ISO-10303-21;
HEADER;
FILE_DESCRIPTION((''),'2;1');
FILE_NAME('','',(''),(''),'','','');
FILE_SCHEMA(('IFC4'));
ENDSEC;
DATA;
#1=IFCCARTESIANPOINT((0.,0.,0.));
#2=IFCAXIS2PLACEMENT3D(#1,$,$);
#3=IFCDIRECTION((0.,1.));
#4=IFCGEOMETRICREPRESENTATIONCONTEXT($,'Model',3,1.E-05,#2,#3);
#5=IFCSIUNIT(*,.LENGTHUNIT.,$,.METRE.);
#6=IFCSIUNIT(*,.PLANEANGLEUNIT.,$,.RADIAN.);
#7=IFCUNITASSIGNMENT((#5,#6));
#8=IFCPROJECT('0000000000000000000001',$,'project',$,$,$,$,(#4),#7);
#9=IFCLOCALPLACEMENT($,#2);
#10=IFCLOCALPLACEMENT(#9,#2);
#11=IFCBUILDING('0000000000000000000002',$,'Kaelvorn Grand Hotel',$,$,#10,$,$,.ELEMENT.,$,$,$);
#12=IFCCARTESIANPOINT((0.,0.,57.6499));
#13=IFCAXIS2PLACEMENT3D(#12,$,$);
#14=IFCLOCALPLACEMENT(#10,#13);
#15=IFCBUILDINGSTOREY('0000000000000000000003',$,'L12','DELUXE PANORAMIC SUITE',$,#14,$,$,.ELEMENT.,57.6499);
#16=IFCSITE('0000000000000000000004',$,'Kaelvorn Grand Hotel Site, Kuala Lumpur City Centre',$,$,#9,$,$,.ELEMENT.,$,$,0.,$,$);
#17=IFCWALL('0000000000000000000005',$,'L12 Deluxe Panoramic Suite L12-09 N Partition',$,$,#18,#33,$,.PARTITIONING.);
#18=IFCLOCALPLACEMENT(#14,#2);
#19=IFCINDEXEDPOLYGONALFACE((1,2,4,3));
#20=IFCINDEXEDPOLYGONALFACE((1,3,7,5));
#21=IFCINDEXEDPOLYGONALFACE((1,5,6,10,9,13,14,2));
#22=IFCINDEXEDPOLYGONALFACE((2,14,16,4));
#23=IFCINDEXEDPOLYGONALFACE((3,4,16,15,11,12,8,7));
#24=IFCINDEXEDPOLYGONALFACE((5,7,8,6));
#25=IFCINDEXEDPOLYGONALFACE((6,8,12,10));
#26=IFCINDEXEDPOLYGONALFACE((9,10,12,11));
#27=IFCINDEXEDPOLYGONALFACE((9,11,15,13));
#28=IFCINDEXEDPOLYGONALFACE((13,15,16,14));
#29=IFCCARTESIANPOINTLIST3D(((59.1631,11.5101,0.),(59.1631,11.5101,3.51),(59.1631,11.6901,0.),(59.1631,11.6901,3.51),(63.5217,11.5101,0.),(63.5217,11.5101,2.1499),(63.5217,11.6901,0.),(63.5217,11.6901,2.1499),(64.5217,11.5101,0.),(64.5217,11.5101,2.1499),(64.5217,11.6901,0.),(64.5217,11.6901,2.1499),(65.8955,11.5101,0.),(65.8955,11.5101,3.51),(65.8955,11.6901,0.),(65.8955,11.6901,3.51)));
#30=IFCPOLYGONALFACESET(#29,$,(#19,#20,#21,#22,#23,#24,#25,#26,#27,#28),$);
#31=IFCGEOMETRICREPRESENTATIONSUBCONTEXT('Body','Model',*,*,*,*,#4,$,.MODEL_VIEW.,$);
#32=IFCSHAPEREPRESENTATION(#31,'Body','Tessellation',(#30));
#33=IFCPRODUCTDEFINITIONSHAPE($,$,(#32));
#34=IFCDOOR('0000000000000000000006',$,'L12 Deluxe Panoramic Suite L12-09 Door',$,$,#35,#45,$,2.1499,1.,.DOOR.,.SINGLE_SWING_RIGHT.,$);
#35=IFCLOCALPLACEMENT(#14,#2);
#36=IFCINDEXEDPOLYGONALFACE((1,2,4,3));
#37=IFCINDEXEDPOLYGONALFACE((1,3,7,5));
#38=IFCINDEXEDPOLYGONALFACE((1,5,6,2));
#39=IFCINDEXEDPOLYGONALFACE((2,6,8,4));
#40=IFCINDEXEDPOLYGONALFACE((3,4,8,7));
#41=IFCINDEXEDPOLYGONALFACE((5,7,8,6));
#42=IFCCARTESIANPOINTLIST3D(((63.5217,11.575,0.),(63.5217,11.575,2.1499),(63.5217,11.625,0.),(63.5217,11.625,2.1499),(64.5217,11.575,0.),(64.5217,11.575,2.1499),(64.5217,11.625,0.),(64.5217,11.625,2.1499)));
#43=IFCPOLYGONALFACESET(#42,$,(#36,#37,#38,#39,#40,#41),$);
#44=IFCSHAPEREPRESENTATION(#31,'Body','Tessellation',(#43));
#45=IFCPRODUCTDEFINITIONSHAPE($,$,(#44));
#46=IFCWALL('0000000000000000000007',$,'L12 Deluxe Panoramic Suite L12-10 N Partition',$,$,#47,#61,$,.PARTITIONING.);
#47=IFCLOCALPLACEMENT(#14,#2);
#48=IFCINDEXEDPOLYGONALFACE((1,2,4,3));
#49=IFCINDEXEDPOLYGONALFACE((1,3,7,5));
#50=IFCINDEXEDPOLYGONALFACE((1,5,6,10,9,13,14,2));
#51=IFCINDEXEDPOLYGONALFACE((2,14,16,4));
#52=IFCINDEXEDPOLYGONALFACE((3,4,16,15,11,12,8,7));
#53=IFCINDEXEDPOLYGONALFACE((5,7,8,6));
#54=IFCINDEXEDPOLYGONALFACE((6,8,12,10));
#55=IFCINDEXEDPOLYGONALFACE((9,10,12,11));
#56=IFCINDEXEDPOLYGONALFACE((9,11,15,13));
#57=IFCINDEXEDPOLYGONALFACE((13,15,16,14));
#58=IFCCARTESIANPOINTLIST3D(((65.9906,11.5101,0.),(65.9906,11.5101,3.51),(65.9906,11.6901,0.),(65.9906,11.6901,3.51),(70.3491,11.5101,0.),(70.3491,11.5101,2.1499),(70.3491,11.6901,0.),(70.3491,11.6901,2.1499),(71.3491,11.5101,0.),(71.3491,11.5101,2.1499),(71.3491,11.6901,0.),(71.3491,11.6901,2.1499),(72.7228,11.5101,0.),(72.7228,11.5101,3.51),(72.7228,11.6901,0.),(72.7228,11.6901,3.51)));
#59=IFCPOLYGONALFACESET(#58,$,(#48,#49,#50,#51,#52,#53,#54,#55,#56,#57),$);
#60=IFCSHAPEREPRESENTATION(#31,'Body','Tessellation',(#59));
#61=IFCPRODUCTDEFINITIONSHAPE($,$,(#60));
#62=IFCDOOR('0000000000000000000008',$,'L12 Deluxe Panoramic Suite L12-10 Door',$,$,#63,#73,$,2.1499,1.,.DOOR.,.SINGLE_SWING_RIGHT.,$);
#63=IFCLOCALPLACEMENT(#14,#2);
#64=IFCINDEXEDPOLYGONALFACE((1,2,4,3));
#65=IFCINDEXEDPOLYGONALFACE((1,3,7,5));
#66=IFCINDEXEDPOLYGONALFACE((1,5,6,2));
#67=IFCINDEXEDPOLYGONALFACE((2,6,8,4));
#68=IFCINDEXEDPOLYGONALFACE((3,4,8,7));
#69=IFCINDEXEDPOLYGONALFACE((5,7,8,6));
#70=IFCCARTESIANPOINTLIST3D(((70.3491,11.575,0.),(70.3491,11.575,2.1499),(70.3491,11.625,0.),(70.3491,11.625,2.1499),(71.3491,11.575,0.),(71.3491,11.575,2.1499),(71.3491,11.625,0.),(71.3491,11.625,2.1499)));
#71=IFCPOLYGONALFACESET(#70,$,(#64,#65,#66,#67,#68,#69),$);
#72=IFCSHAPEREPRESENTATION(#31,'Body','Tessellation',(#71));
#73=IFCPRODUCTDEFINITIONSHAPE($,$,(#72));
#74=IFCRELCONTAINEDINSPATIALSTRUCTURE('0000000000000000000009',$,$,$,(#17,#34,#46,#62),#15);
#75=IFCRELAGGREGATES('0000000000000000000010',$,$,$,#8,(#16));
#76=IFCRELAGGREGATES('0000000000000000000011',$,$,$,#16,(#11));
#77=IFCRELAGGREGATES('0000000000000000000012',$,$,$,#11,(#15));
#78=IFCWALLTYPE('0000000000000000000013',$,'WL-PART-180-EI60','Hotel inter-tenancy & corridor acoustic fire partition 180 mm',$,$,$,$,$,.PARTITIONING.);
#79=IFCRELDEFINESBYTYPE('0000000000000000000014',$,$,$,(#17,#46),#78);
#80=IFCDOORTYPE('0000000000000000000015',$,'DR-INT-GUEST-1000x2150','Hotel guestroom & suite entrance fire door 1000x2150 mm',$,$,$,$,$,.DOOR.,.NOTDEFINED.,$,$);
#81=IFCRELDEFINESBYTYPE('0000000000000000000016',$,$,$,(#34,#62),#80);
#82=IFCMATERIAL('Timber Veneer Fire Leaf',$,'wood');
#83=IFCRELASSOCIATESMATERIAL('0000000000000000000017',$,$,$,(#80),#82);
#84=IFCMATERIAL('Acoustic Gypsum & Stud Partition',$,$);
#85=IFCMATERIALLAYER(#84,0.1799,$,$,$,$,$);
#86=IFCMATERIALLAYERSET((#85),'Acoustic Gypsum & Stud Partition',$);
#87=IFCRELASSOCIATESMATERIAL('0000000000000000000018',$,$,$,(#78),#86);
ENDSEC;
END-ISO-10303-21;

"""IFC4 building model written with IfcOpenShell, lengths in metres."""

from ifc_helpers import new_model, si_unit, direction, frame, frame_2d, origin, place, context, subcontext, project, spatial, rectangle, extrude, material, layer, layer_set, type_object, element, fill, save


model = new_model("IFC4")

# Units and contexts
model_context = context("Model", 3, precision=1e-05, world=origin(), true_north=direction((0.0, 1.0)))
body_context = subcontext(model_context, "Body", "Model", "MODEL_VIEW")
ifc_project = project(units=[si_unit("LENGTHUNIT", "METRE"), si_unit("PLANEANGLEUNIT", "RADIAN")], contexts=[model_context])

# Site, building, storey
site_placement = place(None, origin())
site = spatial("IfcSite", under=ifc_project, at=site_placement, Name="Kaelvorn Grand Hotel Site, Kuala Lumpur City Centre", CompositionType="ELEMENT", RefElevation=0.0)
building_placement = place(site_placement, origin())
building = spatial("IfcBuilding", under=site, at=building_placement, Name="Kaelvorn Grand Hotel", CompositionType="ELEMENT")
storey_placement = place(building_placement, frame((0.0, 0.0, 57.6499)))
storey = spatial("IfcBuildingStorey", under=building, at=storey_placement, Name="L12", Description="DELUXE PANORAMIC SUITE", CompositionType="ELEMENT", Elevation=57.6499)

# Shared definitions
ifc_material_1 = material(Name="Acoustic Gypsum & Stud Partition")

# Walls, openings, doors
ifc_material_2 = material(Name="Timber Veneer Fire Leaf", Category="wood")
door_type_1 = type_object("IfcDoorType", Name="DR-INT-GUEST-1000x2150", Description="Hotel guestroom & suite entrance fire door 1000x2150 mm", OperationType="NOTDEFINED", PredefinedType="DOOR", material=ifc_material_2)
ifc_layer_1 = layer(ifc_material_1, 0.1799)
ifc_layer_set_1 = layer_set([ifc_layer_1], Name="Acoustic Gypsum & Stud Partition")
wall_type_1 = type_object("IfcWallType", Name="WL-PART-180-EI60", Description="Hotel inter-tenancy & corridor acoustic fire partition 180 mm", PredefinedType="PARTITIONING", material=ifc_layer_set_1)
wall_1_placement = place(storey_placement, frame((59.1631, 11.6001, 0.0), z_axis=(0.0, 0.0, 1.0), x_axis=(1.0, 0.0, 0.0)))
wall_1 = element("IfcWall", 1, at=wall_1_placement, inside=storey, type_object=wall_type_1, Name="L12 Deluxe Panoramic Suite L12-09 N Partition", PredefinedType="PARTITIONING", context=body_context, shape_type="SweptSolid", body=[
    extrude(rectangle(XDim=6.7324, YDim=0.1799, at=frame_2d((3.3662, 0.0))), origin(), (0.0, 0.0, 1.0), 3.51),
])
opening_1_placement = place(wall_1_placement, frame((4.3586, 0.0, 0.0)))
opening_1 = element("IfcOpeningElement", 2, at=opening_1_placement, cuts=wall_1, PredefinedType="OPENING", context=body_context, shape_type="SweptSolid", body=[
    extrude(rectangle(XDim=1.0, YDim=2.1499, at=frame_2d((0.5, 1.075))), frame((0.0, 0.1001, 0.0), z_axis=(0.0, -1.0, 0.0), x_axis=(1.0, 0.0, 0.0)), (0.0, 0.0, 1.0), 0.2),
])
door_1_placement = place(opening_1_placement, origin())
door_1 = element("IfcDoor", 3, at=door_1_placement, inside=storey, type_object=door_type_1, Name="L12 Deluxe Panoramic Suite L12-09 Door", OperationType="SINGLE_SWING_RIGHT", OverallHeight=2.1499, OverallWidth=1.0, PredefinedType="DOOR", context=body_context, shape_type="SweptSolid", body=[
    extrude(rectangle(XDim=1.0, YDim=2.1499, at=frame_2d((0.5, 1.075))), frame((0.0, 0.0249, 0.0), z_axis=(0.0, -1.0, 0.0), x_axis=(1.0, 0.0, 0.0)), (0.0, 0.0, 1.0), 0.05),
])
fill(opening_1, door_1)
wall_2_placement = place(storey_placement, frame((65.9905, 11.6001, 0.0), z_axis=(0.0, 0.0, 1.0), x_axis=(1.0, 0.0, 0.0)))
wall_2 = element("IfcWall", 4, at=wall_2_placement, inside=storey, type_object=wall_type_1, Name="L12 Deluxe Panoramic Suite L12-10 N Partition", PredefinedType="PARTITIONING", context=body_context, shape_type="SweptSolid", body=[
    extrude(rectangle(XDim=6.7322, YDim=0.1799, at=frame_2d((3.3662, 0.0))), origin(), (0.0, 0.0, 1.0), 3.51),
])
opening_2_placement = place(wall_2_placement, frame((4.3586, 0.0, 0.0)))
opening_2 = element("IfcOpeningElement", 5, at=opening_2_placement, cuts=wall_2, PredefinedType="OPENING", context=body_context, shape_type="SweptSolid", body=[
    extrude(rectangle(XDim=1.0, YDim=2.1499, at=frame_2d((0.5, 1.075))), frame((0.0, 0.1001, 0.0), z_axis=(0.0, -1.0, 0.0), x_axis=(1.0, 0.0, 0.0)), (0.0, 0.0, 1.0), 0.2),
])
door_2_placement = place(opening_2_placement, origin())
door_2 = element("IfcDoor", 6, at=door_2_placement, inside=storey, type_object=door_type_1, Name="L12 Deluxe Panoramic Suite L12-10 Door", OperationType="SINGLE_SWING_RIGHT", OverallHeight=2.1499, OverallWidth=1.0, PredefinedType="DOOR", context=body_context, shape_type="SweptSolid", body=[
    extrude(rectangle(XDim=1.0, YDim=2.1499, at=frame_2d((0.5, 1.075))), frame((0.0, 0.0249, 0.0), z_axis=(0.0, -1.0, 0.0), x_axis=(1.0, 0.0, 0.0)), (0.0, 0.0, 1.0), 0.05),
])
fill(opening_2, door_2)

save(model, "model.ifc")
